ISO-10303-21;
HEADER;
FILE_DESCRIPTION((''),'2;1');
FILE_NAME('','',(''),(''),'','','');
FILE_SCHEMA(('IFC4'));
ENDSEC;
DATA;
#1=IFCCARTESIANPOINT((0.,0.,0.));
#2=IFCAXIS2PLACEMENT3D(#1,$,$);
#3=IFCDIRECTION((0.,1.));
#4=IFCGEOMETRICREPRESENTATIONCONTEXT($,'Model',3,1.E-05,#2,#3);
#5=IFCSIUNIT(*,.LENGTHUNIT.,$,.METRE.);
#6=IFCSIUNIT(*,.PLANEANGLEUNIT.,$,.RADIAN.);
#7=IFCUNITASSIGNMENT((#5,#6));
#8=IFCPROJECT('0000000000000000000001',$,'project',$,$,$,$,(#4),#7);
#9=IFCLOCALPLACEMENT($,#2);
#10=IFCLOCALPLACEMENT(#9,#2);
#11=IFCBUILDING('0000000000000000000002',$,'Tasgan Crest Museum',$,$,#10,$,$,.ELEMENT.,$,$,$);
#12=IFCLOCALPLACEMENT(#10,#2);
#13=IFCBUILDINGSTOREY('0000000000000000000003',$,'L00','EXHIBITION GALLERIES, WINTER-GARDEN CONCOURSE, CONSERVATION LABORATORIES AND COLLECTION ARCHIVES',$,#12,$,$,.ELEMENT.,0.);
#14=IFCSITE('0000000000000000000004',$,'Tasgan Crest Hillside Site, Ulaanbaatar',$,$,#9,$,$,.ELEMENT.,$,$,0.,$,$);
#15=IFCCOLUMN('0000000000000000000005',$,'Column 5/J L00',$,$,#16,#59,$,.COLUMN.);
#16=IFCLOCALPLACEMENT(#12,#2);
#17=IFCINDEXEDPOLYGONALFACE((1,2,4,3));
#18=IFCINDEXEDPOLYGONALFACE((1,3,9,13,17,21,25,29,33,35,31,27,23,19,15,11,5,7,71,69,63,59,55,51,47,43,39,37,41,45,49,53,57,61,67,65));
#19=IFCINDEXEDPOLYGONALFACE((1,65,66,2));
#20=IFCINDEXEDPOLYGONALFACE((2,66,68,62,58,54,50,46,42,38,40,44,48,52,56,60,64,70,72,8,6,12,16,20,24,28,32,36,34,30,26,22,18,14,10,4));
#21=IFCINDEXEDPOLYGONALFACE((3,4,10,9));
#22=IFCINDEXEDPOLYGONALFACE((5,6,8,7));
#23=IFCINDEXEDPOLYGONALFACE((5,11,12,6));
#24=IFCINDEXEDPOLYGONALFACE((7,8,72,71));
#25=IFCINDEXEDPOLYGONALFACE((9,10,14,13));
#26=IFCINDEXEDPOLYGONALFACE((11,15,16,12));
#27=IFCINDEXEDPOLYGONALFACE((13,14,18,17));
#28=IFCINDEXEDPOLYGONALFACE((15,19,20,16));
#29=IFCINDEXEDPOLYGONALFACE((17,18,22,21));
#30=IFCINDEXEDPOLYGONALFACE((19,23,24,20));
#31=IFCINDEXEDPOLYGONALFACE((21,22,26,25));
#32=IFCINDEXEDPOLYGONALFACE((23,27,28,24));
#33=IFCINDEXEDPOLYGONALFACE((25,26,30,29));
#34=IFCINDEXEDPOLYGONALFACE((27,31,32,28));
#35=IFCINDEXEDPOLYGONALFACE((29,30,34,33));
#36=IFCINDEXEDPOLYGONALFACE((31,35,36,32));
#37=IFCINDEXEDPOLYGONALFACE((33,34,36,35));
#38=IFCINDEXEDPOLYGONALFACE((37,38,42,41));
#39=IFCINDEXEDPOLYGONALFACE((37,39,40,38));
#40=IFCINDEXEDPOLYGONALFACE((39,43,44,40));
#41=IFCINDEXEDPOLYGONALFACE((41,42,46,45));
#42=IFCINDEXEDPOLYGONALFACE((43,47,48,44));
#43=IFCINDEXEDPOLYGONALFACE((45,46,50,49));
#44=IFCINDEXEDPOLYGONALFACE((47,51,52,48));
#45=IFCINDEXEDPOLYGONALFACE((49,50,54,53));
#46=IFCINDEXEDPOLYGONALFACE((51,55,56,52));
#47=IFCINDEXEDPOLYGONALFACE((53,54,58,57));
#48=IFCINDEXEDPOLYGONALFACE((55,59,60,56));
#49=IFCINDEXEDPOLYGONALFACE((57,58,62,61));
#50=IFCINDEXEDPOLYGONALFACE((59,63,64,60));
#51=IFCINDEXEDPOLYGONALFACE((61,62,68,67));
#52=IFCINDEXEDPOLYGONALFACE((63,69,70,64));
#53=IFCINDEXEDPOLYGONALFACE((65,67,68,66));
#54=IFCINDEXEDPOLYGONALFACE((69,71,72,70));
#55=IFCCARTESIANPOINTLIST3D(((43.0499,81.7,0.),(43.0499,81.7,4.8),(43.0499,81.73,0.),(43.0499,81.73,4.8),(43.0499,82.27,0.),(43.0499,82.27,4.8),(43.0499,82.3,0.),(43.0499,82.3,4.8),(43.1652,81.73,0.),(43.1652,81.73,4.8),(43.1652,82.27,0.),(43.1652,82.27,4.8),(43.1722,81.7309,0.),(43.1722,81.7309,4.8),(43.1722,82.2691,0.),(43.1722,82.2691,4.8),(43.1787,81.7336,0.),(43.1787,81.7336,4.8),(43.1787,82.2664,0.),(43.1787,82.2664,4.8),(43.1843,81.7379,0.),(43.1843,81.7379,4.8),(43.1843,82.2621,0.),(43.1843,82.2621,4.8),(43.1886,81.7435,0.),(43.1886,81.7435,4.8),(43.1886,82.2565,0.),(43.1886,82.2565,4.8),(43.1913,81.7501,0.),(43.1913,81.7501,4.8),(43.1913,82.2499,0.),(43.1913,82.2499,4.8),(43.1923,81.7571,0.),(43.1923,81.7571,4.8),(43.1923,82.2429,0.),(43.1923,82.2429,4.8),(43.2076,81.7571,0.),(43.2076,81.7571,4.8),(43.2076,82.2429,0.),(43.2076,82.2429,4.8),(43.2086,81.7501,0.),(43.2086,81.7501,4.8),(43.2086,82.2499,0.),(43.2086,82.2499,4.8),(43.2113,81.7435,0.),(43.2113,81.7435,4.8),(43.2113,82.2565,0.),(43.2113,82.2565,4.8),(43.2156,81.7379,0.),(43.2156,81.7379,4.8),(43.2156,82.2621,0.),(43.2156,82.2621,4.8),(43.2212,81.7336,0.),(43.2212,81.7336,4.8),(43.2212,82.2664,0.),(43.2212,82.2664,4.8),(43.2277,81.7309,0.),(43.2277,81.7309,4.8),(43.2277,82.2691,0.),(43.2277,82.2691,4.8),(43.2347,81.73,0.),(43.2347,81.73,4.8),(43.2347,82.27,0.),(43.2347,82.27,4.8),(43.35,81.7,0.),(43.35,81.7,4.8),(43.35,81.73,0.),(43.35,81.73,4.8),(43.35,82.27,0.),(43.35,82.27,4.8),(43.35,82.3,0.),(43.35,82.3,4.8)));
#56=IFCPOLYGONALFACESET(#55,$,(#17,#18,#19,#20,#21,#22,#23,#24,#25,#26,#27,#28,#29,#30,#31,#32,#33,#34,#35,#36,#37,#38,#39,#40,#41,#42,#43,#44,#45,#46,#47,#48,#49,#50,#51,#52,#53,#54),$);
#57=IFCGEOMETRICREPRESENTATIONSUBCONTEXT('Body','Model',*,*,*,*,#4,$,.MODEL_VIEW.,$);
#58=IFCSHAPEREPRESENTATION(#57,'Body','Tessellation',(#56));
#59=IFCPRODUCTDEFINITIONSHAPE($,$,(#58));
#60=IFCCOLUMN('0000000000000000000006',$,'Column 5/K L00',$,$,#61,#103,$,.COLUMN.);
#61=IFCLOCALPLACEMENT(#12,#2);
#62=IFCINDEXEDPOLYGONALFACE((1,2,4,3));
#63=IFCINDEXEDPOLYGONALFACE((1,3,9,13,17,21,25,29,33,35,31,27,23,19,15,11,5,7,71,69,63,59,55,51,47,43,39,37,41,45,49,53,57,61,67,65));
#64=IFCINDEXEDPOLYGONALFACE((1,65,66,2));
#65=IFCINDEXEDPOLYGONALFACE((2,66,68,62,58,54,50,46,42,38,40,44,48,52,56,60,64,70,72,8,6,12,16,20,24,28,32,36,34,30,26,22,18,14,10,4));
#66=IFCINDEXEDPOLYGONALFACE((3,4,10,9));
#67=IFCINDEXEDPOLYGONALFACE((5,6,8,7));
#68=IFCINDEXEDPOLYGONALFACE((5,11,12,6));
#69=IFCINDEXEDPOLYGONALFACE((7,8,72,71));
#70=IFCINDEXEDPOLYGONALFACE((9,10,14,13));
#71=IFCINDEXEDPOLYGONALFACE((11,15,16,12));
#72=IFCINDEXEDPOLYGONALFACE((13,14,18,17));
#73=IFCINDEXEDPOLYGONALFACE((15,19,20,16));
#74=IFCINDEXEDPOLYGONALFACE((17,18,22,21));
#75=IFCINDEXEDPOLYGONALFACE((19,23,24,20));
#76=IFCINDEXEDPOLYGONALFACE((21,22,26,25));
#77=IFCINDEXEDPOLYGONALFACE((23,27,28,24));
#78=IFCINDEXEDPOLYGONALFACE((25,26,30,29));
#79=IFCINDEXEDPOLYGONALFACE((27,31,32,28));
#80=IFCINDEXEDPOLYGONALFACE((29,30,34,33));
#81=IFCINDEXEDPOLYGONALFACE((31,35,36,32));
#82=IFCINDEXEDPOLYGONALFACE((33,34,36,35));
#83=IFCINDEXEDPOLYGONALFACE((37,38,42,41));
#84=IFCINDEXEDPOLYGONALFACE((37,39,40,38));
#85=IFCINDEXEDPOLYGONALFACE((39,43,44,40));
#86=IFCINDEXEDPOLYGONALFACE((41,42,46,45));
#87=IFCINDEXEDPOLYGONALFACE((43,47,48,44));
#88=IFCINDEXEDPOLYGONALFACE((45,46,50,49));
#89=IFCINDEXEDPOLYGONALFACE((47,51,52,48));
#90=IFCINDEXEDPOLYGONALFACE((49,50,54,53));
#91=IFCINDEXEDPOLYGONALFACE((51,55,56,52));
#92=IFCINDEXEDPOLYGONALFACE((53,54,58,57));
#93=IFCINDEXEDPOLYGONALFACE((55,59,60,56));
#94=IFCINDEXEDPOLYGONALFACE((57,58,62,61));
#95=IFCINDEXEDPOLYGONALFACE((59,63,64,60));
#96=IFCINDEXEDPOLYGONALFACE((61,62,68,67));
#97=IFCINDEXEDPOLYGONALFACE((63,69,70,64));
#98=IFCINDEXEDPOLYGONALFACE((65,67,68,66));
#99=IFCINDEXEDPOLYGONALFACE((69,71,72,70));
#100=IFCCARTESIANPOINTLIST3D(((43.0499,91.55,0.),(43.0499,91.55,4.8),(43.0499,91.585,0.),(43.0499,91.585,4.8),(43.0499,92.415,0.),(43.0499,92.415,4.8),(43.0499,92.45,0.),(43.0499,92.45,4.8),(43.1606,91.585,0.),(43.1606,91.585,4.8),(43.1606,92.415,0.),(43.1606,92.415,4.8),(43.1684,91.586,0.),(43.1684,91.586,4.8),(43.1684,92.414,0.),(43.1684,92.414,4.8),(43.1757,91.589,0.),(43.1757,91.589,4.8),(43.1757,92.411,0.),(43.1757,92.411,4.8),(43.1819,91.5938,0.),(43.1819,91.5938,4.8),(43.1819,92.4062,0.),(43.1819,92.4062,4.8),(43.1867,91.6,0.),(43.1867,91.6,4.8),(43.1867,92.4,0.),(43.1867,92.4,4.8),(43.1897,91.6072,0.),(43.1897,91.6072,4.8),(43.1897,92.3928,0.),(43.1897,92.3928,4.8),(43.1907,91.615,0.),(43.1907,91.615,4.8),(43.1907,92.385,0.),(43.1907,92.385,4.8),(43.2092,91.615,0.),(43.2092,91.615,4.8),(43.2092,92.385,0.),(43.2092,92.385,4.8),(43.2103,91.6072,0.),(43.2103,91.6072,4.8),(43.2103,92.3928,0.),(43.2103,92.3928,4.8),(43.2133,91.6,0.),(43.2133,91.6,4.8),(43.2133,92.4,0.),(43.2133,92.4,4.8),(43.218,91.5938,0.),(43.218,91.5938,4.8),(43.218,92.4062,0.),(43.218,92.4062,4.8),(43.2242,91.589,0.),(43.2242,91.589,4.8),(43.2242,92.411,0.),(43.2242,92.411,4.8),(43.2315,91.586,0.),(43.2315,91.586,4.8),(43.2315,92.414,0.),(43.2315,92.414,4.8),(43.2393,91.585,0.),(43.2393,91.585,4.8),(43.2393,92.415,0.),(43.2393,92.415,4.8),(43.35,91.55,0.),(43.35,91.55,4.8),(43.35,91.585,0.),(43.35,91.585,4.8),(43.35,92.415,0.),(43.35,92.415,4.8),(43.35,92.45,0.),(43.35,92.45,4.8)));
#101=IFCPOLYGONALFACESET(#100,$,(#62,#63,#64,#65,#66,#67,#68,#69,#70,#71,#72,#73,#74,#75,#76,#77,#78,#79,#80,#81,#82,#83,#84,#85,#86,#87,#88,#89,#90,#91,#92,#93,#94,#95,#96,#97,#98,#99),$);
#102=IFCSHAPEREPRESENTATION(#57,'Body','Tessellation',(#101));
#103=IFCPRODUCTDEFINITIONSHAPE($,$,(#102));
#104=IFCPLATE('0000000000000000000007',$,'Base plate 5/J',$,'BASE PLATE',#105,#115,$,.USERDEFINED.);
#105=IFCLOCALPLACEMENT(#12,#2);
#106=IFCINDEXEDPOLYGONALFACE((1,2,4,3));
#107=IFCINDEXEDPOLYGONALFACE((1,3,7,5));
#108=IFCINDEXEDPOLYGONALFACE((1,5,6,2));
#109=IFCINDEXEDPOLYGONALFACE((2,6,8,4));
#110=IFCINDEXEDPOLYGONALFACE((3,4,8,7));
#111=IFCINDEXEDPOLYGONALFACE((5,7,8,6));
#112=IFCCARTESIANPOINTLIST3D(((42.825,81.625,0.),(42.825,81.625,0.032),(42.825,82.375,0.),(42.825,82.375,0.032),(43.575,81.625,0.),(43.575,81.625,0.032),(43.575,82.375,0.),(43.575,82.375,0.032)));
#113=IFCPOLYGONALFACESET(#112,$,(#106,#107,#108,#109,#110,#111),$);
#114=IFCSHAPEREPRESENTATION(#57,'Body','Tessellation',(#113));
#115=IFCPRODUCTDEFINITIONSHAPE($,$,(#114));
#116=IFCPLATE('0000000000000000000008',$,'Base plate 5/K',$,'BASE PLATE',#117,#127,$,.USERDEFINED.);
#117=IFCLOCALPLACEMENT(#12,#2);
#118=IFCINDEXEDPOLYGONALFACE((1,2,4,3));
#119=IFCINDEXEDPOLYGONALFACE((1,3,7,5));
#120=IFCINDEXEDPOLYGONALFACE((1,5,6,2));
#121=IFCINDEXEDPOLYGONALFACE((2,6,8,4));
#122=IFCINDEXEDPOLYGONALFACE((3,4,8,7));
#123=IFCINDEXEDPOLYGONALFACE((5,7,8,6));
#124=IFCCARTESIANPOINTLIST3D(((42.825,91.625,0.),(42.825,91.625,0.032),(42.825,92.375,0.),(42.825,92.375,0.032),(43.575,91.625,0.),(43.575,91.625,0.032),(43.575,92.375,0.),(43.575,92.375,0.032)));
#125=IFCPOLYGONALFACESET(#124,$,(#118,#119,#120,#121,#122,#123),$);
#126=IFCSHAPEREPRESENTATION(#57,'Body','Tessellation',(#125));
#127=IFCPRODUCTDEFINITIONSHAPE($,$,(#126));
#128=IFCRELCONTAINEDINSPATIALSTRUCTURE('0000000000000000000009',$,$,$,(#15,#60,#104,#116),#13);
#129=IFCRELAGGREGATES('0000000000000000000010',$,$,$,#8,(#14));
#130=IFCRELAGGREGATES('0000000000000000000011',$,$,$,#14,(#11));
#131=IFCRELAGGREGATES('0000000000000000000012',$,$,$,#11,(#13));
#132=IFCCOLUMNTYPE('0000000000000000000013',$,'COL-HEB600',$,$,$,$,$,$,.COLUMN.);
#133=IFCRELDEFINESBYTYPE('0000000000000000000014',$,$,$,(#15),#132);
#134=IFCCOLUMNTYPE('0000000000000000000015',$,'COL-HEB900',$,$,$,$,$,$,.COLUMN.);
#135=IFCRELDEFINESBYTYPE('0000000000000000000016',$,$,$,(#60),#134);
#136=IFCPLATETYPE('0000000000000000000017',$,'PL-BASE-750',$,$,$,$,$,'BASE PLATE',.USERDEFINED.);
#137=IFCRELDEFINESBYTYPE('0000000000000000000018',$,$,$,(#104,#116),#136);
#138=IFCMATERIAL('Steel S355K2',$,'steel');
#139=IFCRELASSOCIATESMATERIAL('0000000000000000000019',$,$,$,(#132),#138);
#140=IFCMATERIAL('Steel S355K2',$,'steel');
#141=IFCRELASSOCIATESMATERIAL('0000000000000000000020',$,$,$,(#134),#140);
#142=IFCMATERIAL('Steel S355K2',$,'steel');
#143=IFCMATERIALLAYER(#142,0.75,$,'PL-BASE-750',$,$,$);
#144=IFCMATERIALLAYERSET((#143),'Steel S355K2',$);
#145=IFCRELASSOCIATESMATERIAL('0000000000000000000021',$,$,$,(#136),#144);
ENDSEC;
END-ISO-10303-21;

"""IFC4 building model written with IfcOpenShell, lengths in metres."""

from ifc_helpers import new_model, si_unit, direction, frame, origin, origin_2d, place, context, subcontext, project, spatial, rectangle, i_section, extrude, material, layer, layer_set, material_profile, profile_set, type_object, element, save


model = new_model("IFC4")

# Units and contexts
model_context = context("Model", 3, precision=1e-05, world=origin(), true_north=direction((0.0, 1.0)))
body_context = subcontext(model_context, "Body", "Model", "MODEL_VIEW")
ifc_project = project(units=[si_unit("LENGTHUNIT", "METRE"), si_unit("PLANEANGLEUNIT", "RADIAN")], contexts=[model_context])

# Site, building, storey
site_placement = place(None, origin())
site = spatial("IfcSite", under=ifc_project, at=site_placement, Name="Tasgan Crest Hillside Site, Ulaanbaatar", CompositionType="ELEMENT", RefElevation=0.0)
building_placement = place(site_placement, origin())
building = spatial("IfcBuilding", under=site, at=building_placement, Name="Tasgan Crest Museum", CompositionType="ELEMENT")
storey_placement = place(building_placement, origin())
storey = spatial("IfcBuildingStorey", under=building, at=storey_placement, Name="L00", Description="EXHIBITION GALLERIES, WINTER-GARDEN CONCOURSE, CONSERVATION LABORATORIES AND COLLECTION ARCHIVES", CompositionType="ELEMENT", Elevation=0.0)

# Columns
ifc_material_1 = material(Name="Steel S355K2", Category="steel")
ifc_material_profile_1 = material_profile(ifc_material_1, i_section(OverallWidth=0.3, OverallDepth=0.6001, WebThickness=0.0154, FlangeThickness=0.03, FilletRadius=0.0271, at=origin_2d()), Name="HEB 600")
ifc_profile_set_1 = profile_set([ifc_material_profile_1], Name="Steel S355K2")
column_type_1 = type_object("IfcColumnType", Name="COL-HEB600", PredefinedType="COLUMN", material=ifc_profile_set_1)
column_1_placement = place(storey_placement, frame((43.2, 82.0, 0.0), z_axis=(0.0, 0.0, 1.0), x_axis=(1.0, 0.0, 0.0)))
element("IfcColumn", 1, at=column_1_placement, inside=storey, type_object=column_type_1, Name="Column 5/J L00", PredefinedType="COLUMN", context=body_context, shape_type="SweptSolid", body=[
    extrude(i_section(OverallWidth=0.3, OverallDepth=0.6001, WebThickness=0.0154, FlangeThickness=0.03, FilletRadius=0.0271, at=origin_2d()), origin(), (0.0, 0.0, 1.0), 4.8),
])
ifc_material_2 = material(Name="Steel S355K2", Category="steel")
ifc_material_profile_2 = material_profile(ifc_material_2, i_section(OverallWidth=0.3, OverallDepth=0.8999, WebThickness=0.0186, FlangeThickness=0.0349, FilletRadius=0.03, at=origin_2d()), Name="HEB 900")
ifc_profile_set_2 = profile_set([ifc_material_profile_2], Name="Steel S355K2")
column_type_2 = type_object("IfcColumnType", Name="COL-HEB900", PredefinedType="COLUMN", material=ifc_profile_set_2)
column_2_placement = place(storey_placement, frame((43.2, 92.0, 0.0), z_axis=(0.0, 0.0, 1.0), x_axis=(1.0, 0.0, 0.0)))
element("IfcColumn", 2, at=column_2_placement, inside=storey, type_object=column_type_2, Name="Column 5/K L00", PredefinedType="COLUMN", context=body_context, shape_type="SweptSolid", body=[
    extrude(i_section(OverallWidth=0.3, OverallDepth=0.8999, WebThickness=0.0186, FlangeThickness=0.0349, FilletRadius=0.03, at=origin_2d()), origin(), (0.0, 0.0, 1.0), 4.8),
])

# Plates
ifc_material_3 = material(Name="Steel S355K2", Category="steel")
ifc_layer = layer(ifc_material_3, 0.75, Name="PL-BASE-750")
ifc_layer_set = layer_set([ifc_layer], Name="Steel S355K2")
plate_type = type_object("IfcPlateType", Name="PL-BASE-750", ElementType="BASE PLATE", PredefinedType="USERDEFINED", material=ifc_layer_set)
for number, where, z_axis, x_axis, name in (
    (3, (43.2, 82.0, 0.0), (0.0, 0.0, 1.0), (1.0, 0.0, 0.0), "Base plate 5/J"),
    (4, (43.2, 92.0, 0.0), (0.0, 0.0, 1.0), (1.0, 0.0, 0.0), "Base plate 5/K"),
):
    element("IfcPlate", number, at=place(storey_placement, frame(where, z_axis=z_axis, x_axis=x_axis)), inside=storey, type_object=plate_type, Name=name, ObjectType="BASE PLATE", PredefinedType="USERDEFINED", context=body_context, shape_type="SweptSolid", body=[
        extrude(rectangle(XDim=0.75, YDim=0.75, at=origin_2d()), origin(), (0.0, 0.0, 1.0), 0.032),
    ])

save(model, "model.ifc")
